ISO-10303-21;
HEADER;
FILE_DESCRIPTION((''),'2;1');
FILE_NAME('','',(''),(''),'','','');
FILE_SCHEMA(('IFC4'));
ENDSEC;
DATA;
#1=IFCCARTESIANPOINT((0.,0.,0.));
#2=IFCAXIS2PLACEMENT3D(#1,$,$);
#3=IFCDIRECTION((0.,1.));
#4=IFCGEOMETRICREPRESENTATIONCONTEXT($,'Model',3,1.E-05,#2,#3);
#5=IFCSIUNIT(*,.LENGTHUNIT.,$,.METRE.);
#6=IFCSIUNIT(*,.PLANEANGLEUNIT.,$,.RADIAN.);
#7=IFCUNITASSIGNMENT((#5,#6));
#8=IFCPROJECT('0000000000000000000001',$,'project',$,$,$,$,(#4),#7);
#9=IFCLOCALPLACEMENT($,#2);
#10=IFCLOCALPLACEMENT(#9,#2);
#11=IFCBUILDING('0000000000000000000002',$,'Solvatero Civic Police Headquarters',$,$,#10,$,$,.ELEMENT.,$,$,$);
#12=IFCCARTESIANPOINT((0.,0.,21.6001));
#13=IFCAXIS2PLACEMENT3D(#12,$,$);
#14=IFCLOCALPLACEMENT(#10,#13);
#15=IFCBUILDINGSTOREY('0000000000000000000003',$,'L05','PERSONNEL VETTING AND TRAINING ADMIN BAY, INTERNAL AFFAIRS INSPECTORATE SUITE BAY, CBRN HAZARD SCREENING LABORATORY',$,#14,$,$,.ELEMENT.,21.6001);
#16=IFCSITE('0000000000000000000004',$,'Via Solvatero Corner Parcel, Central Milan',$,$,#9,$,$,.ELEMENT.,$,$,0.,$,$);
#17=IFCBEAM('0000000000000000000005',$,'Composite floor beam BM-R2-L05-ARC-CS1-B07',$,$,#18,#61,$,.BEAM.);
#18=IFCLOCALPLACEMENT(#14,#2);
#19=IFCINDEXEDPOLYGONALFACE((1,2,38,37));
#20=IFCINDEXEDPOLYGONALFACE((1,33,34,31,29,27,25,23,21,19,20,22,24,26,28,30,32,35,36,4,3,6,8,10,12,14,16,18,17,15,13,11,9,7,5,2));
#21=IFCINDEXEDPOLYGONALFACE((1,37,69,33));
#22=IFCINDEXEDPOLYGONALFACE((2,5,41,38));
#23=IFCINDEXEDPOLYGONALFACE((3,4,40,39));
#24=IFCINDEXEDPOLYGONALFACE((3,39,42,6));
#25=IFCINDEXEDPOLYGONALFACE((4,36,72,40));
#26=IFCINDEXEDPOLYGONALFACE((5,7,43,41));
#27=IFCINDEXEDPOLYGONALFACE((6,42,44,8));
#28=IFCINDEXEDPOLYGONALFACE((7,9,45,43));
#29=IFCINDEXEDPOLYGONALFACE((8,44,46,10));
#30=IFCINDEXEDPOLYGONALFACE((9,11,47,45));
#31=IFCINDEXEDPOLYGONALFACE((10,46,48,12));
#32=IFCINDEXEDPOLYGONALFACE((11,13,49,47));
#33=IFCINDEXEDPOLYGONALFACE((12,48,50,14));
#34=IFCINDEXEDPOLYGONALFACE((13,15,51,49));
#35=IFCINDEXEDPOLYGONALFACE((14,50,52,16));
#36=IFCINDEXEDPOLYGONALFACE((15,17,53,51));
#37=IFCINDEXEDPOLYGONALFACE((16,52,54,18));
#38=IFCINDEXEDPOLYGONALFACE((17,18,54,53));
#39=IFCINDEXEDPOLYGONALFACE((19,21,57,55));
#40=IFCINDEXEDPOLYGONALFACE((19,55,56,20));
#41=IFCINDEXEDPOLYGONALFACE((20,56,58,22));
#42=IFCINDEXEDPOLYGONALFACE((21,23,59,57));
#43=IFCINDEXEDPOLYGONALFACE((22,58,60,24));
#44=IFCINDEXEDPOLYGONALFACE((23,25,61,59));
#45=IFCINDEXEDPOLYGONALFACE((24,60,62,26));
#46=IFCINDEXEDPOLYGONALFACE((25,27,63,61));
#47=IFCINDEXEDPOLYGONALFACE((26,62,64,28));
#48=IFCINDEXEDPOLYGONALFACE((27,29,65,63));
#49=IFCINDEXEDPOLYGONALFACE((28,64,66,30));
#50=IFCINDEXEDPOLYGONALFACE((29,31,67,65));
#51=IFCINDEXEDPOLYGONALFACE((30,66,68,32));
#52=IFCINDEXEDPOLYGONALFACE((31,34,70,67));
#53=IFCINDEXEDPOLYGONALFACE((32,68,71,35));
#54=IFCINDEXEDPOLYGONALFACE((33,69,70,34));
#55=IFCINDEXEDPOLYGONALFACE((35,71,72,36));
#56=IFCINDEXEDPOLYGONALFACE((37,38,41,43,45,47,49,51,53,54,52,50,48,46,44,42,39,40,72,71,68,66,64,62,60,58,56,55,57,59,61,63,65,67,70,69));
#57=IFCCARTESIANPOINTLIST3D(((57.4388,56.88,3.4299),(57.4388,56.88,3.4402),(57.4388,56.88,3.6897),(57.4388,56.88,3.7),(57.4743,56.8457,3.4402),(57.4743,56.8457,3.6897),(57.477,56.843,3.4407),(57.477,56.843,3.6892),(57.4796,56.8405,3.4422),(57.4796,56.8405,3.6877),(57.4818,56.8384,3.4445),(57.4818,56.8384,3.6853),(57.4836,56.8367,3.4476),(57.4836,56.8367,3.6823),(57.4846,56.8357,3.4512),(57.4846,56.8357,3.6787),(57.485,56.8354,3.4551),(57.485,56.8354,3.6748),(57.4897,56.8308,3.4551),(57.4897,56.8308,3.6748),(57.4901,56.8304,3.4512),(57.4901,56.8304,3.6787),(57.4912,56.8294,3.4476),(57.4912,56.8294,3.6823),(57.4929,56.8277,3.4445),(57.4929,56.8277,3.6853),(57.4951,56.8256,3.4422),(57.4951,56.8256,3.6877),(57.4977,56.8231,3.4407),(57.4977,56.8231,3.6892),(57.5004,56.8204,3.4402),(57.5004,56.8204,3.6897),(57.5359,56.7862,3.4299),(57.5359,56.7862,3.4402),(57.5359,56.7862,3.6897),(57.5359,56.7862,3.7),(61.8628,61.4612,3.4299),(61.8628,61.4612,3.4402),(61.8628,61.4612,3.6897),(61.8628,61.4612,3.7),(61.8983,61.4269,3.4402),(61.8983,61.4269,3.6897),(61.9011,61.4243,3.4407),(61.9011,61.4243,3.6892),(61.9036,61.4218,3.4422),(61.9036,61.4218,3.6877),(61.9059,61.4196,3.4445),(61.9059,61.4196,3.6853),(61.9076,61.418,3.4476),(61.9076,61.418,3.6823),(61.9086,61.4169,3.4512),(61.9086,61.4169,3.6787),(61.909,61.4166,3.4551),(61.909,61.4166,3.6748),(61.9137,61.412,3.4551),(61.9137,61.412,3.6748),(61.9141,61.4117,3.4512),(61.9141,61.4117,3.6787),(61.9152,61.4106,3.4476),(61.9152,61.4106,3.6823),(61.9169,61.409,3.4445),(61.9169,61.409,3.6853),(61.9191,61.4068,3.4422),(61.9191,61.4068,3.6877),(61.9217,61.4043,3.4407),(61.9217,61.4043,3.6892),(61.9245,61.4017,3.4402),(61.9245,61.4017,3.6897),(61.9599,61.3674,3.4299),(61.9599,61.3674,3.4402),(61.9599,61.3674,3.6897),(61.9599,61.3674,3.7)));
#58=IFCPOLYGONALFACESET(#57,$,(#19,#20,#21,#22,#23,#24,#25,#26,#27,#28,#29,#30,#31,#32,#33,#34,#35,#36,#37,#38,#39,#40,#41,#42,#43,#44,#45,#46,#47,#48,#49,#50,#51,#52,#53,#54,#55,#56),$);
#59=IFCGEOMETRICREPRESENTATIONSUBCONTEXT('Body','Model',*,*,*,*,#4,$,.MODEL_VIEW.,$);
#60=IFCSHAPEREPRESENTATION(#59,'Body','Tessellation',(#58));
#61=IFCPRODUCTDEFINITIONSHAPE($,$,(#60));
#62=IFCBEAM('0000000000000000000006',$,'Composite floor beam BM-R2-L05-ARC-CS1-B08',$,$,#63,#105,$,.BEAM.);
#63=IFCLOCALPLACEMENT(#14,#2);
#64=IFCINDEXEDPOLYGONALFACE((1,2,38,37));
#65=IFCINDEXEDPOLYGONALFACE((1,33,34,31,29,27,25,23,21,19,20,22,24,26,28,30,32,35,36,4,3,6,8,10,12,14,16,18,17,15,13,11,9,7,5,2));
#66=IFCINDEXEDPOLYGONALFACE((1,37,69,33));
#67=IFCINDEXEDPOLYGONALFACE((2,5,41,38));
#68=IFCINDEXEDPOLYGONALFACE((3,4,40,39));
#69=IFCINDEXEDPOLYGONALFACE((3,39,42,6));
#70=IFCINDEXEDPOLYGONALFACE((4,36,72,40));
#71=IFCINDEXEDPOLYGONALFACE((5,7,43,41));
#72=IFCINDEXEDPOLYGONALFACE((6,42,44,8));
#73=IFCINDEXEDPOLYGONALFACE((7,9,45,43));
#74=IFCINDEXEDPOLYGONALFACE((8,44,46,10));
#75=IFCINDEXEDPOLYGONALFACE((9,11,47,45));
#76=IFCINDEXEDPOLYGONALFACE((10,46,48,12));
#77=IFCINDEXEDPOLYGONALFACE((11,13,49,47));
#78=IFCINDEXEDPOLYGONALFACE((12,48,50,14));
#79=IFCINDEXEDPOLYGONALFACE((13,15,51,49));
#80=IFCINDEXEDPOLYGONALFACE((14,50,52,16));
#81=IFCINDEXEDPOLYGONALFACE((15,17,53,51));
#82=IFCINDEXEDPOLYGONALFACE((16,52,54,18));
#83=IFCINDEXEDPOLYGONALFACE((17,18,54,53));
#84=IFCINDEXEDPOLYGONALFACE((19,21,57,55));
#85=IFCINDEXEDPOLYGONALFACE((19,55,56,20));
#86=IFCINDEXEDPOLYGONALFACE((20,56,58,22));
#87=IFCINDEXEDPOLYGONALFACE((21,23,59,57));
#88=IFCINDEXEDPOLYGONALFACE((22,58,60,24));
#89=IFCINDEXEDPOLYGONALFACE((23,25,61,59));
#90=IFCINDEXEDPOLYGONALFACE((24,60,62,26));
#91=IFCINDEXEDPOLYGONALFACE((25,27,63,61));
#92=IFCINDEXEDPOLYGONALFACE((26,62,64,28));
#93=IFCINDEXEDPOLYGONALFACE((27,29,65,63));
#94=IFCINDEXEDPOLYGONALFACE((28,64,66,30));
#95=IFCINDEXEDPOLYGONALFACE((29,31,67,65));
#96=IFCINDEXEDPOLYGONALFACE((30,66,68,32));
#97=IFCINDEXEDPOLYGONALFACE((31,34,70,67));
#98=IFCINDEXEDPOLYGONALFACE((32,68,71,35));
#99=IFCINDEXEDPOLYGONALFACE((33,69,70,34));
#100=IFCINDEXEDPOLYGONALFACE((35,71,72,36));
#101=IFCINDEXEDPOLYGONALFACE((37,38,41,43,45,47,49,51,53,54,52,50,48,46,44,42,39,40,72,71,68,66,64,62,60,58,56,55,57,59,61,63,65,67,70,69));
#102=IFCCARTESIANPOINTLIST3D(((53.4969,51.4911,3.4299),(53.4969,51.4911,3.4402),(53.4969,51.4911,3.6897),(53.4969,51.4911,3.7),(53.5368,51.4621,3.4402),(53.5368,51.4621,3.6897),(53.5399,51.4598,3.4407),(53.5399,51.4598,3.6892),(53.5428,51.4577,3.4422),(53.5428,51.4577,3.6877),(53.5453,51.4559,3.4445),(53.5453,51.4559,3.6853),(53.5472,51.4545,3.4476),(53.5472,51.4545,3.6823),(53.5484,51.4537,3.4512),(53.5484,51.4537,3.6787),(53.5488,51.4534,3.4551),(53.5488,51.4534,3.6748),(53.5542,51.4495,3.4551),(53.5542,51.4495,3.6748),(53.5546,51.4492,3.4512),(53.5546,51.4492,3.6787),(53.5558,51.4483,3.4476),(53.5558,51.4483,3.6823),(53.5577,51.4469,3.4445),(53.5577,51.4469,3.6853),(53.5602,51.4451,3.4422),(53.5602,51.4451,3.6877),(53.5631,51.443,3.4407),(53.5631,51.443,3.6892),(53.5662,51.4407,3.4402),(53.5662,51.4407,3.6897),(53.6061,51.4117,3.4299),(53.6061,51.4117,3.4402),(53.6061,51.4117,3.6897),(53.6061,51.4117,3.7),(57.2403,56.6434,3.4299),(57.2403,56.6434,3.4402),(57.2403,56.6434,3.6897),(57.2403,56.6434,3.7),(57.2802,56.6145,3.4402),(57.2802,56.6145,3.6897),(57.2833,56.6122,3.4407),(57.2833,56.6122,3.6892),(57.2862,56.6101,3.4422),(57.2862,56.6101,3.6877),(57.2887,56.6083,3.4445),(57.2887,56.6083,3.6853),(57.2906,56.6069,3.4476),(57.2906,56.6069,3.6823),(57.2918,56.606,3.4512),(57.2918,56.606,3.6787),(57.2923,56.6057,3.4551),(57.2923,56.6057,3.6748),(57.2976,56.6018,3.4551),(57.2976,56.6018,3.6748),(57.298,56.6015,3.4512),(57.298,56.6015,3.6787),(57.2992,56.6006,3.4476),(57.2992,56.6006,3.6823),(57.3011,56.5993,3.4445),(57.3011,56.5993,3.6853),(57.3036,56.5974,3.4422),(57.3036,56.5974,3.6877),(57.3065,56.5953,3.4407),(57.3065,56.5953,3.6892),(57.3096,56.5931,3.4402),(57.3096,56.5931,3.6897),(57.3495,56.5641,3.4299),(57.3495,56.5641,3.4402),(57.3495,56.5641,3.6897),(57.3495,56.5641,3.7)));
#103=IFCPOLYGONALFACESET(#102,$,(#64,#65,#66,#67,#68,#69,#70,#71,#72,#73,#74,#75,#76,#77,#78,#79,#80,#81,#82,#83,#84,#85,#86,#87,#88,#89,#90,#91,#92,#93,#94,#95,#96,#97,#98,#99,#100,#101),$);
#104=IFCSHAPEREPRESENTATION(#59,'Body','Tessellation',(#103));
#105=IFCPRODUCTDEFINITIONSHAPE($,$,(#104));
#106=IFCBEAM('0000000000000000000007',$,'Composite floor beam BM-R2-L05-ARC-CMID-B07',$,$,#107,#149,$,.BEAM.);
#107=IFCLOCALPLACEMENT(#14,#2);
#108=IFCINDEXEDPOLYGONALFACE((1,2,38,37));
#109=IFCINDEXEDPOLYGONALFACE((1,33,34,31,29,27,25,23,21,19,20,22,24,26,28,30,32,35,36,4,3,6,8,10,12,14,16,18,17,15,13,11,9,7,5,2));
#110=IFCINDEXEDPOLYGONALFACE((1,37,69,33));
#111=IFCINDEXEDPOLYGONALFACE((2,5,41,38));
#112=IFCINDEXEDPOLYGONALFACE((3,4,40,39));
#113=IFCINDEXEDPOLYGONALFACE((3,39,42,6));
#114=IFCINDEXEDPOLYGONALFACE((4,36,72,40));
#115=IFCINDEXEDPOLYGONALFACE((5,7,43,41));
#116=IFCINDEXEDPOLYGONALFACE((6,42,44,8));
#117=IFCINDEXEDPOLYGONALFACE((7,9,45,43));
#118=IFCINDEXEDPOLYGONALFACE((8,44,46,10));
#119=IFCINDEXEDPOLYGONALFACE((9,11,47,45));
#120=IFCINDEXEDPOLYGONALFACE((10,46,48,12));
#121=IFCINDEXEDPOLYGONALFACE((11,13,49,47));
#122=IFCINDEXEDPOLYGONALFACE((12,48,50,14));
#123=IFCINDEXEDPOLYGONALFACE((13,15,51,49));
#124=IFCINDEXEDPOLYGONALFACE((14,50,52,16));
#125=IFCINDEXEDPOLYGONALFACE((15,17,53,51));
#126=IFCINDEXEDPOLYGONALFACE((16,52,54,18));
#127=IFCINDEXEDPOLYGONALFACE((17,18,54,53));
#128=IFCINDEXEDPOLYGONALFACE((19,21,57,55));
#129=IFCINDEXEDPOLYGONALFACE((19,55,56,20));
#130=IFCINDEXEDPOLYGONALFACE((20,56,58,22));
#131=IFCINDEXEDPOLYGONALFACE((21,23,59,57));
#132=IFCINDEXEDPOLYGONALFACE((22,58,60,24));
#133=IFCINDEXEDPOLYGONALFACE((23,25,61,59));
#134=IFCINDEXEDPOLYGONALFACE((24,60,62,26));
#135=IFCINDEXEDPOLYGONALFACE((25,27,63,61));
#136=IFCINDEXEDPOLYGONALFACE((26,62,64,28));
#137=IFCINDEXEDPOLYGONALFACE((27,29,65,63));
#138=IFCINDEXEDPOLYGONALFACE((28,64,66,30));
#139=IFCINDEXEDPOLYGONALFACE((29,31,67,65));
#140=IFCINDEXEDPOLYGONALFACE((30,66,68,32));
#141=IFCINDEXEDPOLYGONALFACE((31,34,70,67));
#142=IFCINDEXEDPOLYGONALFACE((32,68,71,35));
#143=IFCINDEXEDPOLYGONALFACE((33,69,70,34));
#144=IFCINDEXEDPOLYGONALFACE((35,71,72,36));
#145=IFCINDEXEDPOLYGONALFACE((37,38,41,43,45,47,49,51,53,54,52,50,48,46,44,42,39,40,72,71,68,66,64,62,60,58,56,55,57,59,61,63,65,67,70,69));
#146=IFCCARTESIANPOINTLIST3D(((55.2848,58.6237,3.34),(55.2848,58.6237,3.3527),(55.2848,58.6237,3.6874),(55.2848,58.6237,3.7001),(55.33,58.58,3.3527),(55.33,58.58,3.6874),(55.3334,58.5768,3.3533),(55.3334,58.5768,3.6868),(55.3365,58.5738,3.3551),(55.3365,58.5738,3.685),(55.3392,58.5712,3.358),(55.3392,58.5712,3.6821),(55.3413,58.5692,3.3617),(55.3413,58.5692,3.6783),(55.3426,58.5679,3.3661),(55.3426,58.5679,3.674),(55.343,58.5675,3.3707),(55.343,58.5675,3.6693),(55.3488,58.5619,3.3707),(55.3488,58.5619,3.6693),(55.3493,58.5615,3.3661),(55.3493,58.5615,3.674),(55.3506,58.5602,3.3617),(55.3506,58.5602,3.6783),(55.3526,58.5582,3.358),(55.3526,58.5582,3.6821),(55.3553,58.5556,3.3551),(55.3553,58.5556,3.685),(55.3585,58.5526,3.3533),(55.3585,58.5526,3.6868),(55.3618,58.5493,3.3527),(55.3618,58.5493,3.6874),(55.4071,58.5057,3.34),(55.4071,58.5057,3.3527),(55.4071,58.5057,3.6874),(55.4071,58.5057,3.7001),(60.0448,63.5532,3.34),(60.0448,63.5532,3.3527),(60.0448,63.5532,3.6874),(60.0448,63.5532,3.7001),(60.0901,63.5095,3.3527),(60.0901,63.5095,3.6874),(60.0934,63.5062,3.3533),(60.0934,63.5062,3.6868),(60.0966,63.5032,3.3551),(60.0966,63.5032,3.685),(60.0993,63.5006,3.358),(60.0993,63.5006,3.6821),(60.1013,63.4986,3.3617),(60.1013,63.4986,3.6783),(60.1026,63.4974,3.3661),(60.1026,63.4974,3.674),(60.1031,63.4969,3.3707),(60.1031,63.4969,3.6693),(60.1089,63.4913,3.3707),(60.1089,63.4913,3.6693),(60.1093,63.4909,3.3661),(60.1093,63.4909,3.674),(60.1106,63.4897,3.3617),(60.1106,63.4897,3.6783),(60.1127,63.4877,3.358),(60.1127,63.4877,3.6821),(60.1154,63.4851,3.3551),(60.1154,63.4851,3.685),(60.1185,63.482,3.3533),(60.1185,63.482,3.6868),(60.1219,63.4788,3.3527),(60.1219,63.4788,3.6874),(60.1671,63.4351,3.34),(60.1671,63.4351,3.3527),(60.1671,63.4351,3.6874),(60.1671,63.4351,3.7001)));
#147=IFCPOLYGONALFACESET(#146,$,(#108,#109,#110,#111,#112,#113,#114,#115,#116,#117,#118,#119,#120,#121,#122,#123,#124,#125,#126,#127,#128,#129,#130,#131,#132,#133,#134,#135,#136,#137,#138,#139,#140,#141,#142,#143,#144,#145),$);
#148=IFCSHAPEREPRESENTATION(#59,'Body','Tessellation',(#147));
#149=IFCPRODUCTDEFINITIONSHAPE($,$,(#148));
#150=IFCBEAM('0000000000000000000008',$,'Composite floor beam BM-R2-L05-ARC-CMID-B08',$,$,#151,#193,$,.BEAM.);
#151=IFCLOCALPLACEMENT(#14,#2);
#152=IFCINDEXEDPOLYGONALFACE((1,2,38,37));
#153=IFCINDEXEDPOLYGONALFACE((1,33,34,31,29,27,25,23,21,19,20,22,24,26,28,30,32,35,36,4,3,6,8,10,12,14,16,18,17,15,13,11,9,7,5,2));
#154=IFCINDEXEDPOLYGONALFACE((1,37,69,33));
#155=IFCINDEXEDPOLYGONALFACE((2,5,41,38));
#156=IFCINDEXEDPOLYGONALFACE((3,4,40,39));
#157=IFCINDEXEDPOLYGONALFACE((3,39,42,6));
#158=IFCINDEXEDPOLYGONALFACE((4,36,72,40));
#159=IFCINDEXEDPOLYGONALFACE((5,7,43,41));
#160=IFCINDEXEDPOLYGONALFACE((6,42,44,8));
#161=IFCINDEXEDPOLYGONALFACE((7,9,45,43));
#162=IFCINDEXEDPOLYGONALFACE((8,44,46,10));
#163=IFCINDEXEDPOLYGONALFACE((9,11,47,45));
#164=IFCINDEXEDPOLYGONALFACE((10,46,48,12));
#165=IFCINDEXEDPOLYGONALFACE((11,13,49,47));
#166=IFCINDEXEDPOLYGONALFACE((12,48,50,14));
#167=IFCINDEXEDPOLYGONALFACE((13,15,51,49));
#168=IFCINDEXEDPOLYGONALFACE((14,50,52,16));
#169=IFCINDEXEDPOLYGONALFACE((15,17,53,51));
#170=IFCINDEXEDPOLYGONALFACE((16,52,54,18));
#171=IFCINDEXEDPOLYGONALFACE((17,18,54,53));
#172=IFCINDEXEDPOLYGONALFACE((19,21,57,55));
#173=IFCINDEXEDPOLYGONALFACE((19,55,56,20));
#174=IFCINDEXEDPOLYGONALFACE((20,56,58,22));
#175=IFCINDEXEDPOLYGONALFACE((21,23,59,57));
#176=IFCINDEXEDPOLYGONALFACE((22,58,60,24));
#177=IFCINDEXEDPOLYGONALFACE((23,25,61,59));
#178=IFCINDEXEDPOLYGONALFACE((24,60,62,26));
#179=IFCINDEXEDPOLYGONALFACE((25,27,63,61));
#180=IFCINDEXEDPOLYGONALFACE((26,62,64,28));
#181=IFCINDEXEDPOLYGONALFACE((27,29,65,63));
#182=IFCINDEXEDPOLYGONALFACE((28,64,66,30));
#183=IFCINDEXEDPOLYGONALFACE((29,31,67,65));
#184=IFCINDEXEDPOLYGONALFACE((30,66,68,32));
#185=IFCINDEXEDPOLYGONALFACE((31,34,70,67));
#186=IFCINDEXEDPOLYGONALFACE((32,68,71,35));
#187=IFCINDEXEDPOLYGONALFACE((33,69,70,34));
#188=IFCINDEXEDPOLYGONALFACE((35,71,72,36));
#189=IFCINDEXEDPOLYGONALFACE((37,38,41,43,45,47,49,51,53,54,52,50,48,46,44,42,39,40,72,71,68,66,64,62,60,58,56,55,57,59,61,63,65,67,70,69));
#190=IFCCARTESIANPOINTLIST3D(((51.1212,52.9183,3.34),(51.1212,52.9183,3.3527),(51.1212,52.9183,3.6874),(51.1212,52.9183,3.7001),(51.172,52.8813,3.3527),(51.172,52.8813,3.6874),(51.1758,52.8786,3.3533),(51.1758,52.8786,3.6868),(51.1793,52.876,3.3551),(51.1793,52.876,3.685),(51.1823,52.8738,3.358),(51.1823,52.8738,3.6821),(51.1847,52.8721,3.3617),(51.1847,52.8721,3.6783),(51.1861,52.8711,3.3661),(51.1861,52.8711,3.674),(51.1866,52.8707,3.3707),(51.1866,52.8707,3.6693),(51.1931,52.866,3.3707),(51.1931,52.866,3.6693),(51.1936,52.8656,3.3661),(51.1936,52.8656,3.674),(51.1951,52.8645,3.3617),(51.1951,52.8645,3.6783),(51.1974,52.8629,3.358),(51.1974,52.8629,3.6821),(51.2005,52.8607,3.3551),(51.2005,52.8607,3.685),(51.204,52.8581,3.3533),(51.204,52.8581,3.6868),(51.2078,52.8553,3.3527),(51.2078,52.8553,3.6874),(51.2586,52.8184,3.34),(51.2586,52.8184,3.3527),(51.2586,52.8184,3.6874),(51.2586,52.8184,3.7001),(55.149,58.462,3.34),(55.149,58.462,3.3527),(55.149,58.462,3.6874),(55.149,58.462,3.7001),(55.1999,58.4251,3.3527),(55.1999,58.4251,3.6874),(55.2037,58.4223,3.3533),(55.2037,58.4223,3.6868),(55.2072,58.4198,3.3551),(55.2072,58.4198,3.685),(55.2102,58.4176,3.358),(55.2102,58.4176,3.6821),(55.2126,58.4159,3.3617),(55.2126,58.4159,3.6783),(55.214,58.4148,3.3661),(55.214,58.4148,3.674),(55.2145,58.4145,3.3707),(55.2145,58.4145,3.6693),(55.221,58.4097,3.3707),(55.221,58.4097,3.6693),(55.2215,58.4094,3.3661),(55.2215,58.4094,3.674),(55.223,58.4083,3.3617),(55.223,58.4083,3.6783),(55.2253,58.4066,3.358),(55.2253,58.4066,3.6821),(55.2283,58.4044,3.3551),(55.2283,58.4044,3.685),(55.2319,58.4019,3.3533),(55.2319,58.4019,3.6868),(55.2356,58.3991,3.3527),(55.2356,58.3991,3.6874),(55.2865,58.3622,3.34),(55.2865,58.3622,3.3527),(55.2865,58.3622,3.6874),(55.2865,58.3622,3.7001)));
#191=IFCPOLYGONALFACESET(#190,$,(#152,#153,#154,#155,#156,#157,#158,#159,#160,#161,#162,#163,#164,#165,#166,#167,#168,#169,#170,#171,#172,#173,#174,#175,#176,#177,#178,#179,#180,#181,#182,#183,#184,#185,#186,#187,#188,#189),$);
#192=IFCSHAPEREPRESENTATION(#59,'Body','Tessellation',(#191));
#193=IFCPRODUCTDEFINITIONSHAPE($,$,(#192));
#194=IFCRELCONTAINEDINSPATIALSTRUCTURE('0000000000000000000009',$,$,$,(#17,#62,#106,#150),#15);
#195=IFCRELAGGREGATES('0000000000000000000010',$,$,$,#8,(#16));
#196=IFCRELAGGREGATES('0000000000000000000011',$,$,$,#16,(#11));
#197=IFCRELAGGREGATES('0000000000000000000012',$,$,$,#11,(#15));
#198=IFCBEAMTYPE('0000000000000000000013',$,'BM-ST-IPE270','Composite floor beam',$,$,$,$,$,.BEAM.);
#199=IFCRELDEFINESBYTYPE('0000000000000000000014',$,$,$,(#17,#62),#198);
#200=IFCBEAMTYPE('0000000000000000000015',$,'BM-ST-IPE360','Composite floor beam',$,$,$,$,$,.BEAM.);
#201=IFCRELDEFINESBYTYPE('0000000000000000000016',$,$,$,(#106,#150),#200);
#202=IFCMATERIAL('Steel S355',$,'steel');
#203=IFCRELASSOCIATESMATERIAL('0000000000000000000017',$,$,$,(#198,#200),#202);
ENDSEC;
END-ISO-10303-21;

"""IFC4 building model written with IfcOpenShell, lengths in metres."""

from ifc_helpers import new_model, si_unit, direction, frame, origin, origin_2d, place, context, subcontext, project, spatial, i_section, extrude, material, material_profile, profile_set, type_object, element, save


model = new_model("IFC4")

# Units and contexts
model_context = context("Model", 3, precision=1e-05, world=origin(), true_north=direction((0.0, 1.0)))
body_context = subcontext(model_context, "Body", "Model", "MODEL_VIEW")
ifc_project = project(units=[si_unit("LENGTHUNIT", "METRE"), si_unit("PLANEANGLEUNIT", "RADIAN")], contexts=[model_context])

# Site, building, storey
site_placement = place(None, origin())
site = spatial("IfcSite", under=ifc_project, at=site_placement, Name="Via Solvatero Corner Parcel, Central Milan", CompositionType="ELEMENT", RefElevation=0.0)
building_placement = place(site_placement, origin())
building = spatial("IfcBuilding", under=site, at=building_placement, Name="Solvatero Civic Police Headquarters", CompositionType="ELEMENT")
storey_placement = place(building_placement, frame((0.0, 0.0, 21.6001)))
storey = spatial("IfcBuildingStorey", under=building, at=storey_placement, Name="L05", Description="PERSONNEL VETTING AND TRAINING ADMIN BAY, INTERNAL AFFAIRS INSPECTORATE SUITE BAY, CBRN HAZARD SCREENING LABORATORY", CompositionType="ELEMENT", Elevation=21.6001)

# Shared definitions
ifc_material_1 = material(Name="Steel S355", Category="steel")

# Beams
ifc_material_profile_1 = material_profile(ifc_material_1, i_section(OverallWidth=0.135, OverallDepth=0.27, WebThickness=0.0066, FlangeThickness=0.0103, FilletRadius=0.0149, at=origin_2d()), Name="IPE 270")
ifc_profile_set_1 = profile_set([ifc_material_profile_1], Name="Steel S355")
beam_type_1 = type_object("IfcBeamType", Name="BM-ST-IPE270", Description="Composite floor beam", PredefinedType="BEAM", material=ifc_profile_set_1)
for number, where, z_axis, x_axis, name in (
    (1, (61.9114, 61.4143, 3.5649), (-0.694655, -0.719343, 0.0), (0.719343, -0.694655, 0.0), "Composite floor beam BM-R2-L05-ARC-CS1-B07"),
    (2, (57.2949, 56.6038, 3.5649), (-0.587786, -0.809016, 0.0), (0.809016, -0.587786, 0.0), "Composite floor beam BM-R2-L05-ARC-CS1-B08"),
):
    element("IfcBeam", number, at=place(storey_placement, frame(where, z_axis=z_axis, x_axis=x_axis)), inside=storey, type_object=beam_type_1, Name=name, PredefinedType="BEAM", context=body_context, shape_type="SweptSolid", body=[
        extrude(i_section(OverallWidth=0.135, OverallDepth=0.27, WebThickness=0.0066, FlangeThickness=0.0103, FilletRadius=0.0149, at=origin_2d()), origin(), (0.0, 0.0, 1.0), 6.3687),
    ])
ifc_material_profile_2 = material_profile(ifc_material_1, i_section(OverallWidth=0.1699, OverallDepth=0.3601, WebThickness=0.0081, FlangeThickness=0.0127, FilletRadius=0.0181, at=origin_2d()), Name="IPE 360")
ifc_profile_set_2 = profile_set([ifc_material_profile_2], Name="Steel S355")
beam_type_2 = type_object("IfcBeamType", Name="BM-ST-IPE360", Description="Composite floor beam", PredefinedType="BEAM", material=ifc_profile_set_2)
for number, where, z_axis, x_axis, name in (
    (3, (60.106, 63.4941, 3.52), (-0.694636, -0.719362, 0.0), (0.719362, -0.694636, 0.0), "Composite floor beam BM-R2-L05-ARC-CMID-B07"),
    (4, (55.2178, 58.4121, 3.52), (-0.587795, -0.80901, 0.0), (0.80901, -0.587795, 0.0), "Composite floor beam BM-R2-L05-ARC-CMID-B08"),
):
    element("IfcBeam", number, at=place(storey_placement, frame(where, z_axis=z_axis, x_axis=x_axis)), inside=storey, type_object=beam_type_2, Name=name, PredefinedType="BEAM", context=body_context, shape_type="SweptSolid", body=[
        extrude(i_section(OverallWidth=0.1699, OverallDepth=0.3601, WebThickness=0.0081, FlangeThickness=0.0127, FilletRadius=0.0181, at=origin_2d()), origin(), (0.0, 0.0, 1.0), 6.8525),
    ])

save(model, "model.ifc")
